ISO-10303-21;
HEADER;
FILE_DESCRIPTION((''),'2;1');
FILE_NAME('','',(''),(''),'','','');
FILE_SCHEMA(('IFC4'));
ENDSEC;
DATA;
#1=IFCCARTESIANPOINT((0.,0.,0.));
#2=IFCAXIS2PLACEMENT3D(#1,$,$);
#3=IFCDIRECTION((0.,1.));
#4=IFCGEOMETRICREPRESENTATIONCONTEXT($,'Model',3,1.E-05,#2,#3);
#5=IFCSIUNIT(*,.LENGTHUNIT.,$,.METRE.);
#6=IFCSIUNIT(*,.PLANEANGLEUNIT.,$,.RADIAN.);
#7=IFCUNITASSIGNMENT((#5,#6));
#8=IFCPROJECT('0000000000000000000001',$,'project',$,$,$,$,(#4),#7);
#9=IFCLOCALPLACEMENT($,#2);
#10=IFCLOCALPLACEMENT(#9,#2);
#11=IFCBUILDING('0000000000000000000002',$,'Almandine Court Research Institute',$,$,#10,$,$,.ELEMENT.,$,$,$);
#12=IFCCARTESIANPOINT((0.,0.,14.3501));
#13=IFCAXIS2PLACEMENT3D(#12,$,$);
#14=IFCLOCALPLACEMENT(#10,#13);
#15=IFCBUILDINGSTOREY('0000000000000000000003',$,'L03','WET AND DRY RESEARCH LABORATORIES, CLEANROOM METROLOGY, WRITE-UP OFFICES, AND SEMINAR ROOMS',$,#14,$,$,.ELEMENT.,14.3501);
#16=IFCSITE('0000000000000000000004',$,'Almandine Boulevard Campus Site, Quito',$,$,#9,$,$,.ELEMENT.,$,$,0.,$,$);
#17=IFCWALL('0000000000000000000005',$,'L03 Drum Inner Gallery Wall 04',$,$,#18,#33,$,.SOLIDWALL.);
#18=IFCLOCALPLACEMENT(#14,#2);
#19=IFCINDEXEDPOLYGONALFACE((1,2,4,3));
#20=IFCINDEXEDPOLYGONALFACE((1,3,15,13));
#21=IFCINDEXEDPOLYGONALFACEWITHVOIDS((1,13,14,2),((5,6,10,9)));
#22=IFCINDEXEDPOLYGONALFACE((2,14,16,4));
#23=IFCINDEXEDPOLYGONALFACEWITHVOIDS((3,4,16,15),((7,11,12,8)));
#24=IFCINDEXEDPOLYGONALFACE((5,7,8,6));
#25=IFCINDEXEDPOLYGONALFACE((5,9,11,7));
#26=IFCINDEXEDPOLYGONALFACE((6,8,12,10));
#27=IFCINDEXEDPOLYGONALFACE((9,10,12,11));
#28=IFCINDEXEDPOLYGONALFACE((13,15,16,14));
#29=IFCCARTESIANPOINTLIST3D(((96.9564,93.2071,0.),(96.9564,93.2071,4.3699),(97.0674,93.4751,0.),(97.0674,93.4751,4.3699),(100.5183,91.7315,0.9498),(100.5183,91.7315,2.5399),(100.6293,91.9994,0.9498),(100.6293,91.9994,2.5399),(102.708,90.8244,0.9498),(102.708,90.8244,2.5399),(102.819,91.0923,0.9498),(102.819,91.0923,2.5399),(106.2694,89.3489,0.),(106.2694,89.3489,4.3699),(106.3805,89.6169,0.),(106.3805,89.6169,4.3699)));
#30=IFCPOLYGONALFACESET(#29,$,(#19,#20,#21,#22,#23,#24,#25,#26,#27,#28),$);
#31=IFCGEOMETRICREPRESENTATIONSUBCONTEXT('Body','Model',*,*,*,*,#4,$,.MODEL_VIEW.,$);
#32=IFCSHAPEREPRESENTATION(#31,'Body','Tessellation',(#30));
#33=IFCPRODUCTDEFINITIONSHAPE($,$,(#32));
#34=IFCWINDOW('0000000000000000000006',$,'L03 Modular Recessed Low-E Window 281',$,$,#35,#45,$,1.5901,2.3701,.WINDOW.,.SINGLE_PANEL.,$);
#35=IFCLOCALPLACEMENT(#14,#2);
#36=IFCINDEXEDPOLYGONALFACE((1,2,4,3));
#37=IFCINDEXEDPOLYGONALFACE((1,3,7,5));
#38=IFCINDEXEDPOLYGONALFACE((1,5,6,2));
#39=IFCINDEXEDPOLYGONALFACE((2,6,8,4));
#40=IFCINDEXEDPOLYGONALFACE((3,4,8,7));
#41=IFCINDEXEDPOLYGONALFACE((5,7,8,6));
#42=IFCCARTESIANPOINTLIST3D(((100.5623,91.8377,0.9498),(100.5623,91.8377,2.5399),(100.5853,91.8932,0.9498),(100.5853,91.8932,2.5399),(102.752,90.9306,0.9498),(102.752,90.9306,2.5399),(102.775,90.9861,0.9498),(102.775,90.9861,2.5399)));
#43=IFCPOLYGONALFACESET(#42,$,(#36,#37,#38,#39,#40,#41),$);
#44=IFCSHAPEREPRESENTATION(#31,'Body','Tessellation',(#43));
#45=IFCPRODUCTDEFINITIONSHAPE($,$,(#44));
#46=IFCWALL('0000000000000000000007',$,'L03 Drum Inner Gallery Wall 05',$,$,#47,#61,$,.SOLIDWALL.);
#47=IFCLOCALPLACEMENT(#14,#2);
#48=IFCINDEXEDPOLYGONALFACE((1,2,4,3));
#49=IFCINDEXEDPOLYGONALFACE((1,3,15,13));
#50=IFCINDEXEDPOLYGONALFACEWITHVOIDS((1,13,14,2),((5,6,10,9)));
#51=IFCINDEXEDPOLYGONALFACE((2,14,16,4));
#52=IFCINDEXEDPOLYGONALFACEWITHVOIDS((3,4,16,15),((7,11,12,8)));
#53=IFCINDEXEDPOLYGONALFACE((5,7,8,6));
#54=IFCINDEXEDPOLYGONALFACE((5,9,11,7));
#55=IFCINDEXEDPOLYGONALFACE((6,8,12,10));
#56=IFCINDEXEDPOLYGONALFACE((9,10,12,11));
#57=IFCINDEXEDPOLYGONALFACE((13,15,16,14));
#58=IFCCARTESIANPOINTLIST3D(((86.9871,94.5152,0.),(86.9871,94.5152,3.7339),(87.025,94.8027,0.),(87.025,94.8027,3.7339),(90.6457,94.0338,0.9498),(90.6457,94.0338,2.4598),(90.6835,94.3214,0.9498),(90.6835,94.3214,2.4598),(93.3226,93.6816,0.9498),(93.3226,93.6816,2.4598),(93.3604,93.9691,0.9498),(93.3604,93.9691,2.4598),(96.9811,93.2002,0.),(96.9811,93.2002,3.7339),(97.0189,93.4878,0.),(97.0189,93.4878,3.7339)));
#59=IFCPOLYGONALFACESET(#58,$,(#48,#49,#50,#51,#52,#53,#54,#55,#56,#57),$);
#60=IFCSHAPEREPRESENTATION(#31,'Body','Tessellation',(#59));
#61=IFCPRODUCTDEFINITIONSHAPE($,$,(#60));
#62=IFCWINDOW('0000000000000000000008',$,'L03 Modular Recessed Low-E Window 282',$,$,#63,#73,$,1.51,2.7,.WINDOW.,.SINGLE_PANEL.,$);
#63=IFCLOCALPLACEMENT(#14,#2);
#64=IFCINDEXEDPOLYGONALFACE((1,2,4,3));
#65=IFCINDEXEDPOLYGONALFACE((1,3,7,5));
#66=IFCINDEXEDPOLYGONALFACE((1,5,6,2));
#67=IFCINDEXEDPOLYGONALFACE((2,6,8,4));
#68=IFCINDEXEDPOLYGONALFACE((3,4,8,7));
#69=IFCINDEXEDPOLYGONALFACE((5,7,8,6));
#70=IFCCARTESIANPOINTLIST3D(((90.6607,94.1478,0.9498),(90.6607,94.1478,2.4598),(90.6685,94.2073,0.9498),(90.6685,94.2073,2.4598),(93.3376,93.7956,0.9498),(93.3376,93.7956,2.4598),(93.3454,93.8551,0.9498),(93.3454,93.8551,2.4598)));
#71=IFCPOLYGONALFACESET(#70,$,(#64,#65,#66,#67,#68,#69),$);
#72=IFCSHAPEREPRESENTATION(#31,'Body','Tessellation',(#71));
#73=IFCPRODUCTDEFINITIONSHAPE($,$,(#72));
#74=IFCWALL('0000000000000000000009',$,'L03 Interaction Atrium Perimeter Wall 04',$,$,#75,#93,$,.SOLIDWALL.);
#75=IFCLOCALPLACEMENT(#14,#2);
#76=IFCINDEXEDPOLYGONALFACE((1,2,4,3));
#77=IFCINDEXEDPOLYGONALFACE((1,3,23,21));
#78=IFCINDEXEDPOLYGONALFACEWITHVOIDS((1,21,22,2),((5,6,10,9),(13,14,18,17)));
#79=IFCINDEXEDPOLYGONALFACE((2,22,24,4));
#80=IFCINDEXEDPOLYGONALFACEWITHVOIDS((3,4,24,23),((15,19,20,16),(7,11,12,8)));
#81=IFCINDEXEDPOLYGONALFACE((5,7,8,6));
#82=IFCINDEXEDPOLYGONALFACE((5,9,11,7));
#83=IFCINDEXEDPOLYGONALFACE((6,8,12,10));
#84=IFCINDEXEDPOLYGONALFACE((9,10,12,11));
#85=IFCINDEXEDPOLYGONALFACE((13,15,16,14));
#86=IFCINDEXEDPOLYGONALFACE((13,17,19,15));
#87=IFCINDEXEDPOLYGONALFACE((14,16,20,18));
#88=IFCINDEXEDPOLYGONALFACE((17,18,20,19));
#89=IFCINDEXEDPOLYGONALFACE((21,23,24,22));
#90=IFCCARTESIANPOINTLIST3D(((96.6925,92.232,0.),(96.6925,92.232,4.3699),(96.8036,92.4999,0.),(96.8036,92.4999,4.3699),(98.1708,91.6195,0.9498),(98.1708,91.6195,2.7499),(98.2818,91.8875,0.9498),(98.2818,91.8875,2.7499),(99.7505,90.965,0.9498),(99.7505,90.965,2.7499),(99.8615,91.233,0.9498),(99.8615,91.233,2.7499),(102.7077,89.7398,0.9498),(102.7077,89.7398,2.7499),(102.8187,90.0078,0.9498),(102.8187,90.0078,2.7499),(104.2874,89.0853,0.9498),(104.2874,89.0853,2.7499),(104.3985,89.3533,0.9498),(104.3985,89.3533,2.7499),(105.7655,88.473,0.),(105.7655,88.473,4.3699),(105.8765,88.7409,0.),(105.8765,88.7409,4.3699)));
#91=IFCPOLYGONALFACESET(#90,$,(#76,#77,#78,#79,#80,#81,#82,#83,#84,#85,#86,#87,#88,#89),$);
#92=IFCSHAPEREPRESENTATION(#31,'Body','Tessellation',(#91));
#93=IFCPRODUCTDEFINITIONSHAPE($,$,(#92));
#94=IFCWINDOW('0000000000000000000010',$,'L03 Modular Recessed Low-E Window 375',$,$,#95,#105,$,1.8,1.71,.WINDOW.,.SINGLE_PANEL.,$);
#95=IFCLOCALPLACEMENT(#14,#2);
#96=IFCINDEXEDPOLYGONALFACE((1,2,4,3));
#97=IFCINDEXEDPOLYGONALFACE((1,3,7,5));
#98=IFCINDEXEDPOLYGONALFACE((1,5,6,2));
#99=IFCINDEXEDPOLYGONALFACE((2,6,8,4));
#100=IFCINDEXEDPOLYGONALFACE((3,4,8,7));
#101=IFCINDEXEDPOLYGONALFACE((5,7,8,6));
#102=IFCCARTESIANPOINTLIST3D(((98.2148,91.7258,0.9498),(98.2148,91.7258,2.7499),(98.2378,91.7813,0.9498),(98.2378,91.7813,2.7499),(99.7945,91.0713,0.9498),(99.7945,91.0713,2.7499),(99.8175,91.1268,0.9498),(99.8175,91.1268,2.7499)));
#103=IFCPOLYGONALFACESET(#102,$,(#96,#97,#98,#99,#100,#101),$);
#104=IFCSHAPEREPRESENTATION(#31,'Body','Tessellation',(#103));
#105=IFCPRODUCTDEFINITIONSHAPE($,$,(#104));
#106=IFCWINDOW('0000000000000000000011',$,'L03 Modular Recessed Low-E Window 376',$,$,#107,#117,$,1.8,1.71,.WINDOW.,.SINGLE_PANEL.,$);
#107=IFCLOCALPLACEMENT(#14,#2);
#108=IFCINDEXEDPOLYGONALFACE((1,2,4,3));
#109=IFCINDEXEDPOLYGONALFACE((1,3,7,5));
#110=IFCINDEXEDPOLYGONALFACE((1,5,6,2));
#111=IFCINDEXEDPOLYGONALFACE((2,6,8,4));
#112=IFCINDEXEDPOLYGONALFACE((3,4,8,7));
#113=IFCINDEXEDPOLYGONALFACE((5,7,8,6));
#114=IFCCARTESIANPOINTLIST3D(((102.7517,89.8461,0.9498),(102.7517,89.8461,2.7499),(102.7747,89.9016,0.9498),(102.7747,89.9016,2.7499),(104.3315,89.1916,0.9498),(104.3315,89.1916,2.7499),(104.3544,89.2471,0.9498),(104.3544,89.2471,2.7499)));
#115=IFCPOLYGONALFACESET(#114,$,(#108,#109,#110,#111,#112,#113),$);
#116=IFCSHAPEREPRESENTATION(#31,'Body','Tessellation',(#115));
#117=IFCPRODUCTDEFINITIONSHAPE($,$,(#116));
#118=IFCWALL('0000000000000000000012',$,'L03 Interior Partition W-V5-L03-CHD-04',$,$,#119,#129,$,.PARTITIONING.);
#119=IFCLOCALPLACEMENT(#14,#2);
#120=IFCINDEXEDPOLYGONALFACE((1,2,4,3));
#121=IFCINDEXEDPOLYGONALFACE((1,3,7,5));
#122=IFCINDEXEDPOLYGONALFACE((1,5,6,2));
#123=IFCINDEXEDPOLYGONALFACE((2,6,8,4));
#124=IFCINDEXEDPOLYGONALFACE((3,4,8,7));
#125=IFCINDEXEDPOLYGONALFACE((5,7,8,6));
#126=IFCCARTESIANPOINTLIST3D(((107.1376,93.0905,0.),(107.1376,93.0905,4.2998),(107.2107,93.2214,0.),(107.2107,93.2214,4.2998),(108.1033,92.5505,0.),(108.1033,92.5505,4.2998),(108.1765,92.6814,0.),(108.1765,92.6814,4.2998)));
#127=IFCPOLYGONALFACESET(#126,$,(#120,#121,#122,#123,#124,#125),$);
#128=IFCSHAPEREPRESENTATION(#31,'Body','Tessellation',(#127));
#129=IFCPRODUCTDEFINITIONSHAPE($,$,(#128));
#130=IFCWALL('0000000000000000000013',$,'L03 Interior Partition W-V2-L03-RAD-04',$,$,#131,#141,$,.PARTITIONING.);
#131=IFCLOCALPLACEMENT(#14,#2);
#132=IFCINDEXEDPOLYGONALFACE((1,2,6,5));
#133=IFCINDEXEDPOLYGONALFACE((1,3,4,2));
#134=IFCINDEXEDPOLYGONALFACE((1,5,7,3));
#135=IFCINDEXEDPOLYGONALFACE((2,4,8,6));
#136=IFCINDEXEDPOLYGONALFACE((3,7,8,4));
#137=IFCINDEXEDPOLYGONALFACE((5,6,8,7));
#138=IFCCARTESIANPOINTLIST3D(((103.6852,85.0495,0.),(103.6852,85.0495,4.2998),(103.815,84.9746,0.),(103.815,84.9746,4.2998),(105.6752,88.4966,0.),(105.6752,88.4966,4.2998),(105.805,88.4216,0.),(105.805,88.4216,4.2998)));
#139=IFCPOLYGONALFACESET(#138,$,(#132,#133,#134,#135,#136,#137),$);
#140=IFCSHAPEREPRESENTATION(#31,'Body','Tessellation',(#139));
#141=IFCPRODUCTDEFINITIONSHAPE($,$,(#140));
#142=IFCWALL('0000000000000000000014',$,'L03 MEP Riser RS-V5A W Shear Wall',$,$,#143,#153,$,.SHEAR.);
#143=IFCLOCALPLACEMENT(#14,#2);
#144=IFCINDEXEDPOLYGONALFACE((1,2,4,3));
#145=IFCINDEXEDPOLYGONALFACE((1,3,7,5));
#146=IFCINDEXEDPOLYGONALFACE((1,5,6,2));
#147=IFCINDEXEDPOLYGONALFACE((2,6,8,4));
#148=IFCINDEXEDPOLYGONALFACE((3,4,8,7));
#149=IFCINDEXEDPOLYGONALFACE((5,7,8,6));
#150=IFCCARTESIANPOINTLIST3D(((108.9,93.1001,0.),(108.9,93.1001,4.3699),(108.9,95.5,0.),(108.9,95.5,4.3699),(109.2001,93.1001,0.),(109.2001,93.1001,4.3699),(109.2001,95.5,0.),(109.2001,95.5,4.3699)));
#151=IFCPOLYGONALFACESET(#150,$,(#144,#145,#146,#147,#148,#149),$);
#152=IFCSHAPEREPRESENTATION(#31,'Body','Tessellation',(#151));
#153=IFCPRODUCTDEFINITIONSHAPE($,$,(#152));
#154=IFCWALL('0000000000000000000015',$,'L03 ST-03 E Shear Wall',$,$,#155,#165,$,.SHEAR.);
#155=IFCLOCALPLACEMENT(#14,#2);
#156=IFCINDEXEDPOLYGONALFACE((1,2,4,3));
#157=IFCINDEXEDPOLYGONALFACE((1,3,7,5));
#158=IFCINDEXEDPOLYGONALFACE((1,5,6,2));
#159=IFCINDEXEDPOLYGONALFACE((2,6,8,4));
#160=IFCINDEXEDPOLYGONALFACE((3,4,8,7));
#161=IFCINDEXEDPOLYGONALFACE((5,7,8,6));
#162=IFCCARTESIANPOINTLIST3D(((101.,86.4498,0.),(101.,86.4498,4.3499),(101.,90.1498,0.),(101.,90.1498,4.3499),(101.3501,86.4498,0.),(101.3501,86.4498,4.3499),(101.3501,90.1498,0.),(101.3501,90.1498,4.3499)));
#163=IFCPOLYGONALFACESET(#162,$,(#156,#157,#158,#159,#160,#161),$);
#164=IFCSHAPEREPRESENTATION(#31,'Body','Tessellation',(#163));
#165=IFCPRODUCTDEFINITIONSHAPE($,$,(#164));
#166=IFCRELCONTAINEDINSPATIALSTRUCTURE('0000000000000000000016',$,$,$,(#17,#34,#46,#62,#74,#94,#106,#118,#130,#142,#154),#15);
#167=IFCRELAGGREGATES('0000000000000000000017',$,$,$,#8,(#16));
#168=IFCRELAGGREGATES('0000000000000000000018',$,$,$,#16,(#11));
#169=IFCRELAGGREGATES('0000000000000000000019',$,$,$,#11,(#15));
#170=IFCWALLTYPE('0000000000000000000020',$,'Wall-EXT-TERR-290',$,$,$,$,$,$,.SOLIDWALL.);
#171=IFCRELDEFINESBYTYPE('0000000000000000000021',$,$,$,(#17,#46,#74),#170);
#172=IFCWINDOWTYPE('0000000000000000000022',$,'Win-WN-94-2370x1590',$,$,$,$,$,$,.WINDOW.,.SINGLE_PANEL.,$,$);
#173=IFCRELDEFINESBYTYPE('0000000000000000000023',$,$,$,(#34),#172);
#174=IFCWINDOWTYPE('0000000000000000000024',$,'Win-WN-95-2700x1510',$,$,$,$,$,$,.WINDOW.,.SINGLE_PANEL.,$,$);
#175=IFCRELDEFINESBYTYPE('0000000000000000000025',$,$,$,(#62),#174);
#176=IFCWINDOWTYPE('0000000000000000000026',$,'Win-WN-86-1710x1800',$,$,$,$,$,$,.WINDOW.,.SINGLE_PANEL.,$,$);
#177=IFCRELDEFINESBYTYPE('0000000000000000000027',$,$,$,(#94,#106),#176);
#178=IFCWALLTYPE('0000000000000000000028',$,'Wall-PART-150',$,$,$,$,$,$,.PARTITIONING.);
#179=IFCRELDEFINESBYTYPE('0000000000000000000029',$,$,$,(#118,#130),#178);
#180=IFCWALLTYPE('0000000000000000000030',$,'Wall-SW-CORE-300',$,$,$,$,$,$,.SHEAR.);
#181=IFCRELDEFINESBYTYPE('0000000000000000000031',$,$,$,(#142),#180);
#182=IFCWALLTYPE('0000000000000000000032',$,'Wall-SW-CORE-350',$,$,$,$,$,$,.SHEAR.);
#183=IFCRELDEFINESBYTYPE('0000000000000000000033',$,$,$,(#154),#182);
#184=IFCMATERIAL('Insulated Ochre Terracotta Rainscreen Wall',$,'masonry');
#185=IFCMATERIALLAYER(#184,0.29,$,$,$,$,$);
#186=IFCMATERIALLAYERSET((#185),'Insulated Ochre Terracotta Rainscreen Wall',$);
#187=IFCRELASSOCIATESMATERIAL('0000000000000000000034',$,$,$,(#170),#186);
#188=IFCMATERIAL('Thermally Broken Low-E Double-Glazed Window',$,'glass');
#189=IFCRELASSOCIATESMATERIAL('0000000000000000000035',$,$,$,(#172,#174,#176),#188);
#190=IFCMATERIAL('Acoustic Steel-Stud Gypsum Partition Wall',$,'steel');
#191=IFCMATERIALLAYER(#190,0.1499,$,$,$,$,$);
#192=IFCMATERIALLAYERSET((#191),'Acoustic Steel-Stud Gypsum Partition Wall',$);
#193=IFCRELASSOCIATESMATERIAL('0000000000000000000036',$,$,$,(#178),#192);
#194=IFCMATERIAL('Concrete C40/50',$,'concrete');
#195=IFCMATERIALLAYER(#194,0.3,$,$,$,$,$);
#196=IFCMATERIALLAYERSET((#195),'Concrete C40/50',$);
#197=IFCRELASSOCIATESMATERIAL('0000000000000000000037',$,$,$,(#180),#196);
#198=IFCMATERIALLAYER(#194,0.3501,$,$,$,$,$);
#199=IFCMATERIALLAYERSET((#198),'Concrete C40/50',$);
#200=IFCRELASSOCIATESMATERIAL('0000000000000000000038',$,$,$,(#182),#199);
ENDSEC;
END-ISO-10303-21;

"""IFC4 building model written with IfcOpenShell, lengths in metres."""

from ifc_helpers import new_model, si_unit, direction, frame, frame_2d, origin, place, context, subcontext, project, spatial, rectangle, extrude, material, layer, layer_set, type_object, element, fill, save


model = new_model("IFC4")

# Units and contexts
model_context = context("Model", 3, precision=1e-05, world=origin(), true_north=direction((0.0, 1.0)))
body_context = subcontext(model_context, "Body", "Model", "MODEL_VIEW")
ifc_project = project(units=[si_unit("LENGTHUNIT", "METRE"), si_unit("PLANEANGLEUNIT", "RADIAN")], contexts=[model_context])

# Site, building, storey
site_placement = place(None, origin())
site = spatial("IfcSite", under=ifc_project, at=site_placement, Name="Almandine Boulevard Campus Site, Quito", CompositionType="ELEMENT", RefElevation=0.0)
building_placement = place(site_placement, origin())
building = spatial("IfcBuilding", under=site, at=building_placement, Name="Almandine Court Research Institute", CompositionType="ELEMENT")
storey_placement = place(building_placement, frame((0.0, 0.0, 14.3501)))
storey = spatial("IfcBuildingStorey", under=building, at=storey_placement, Name="L03", Description="WET AND DRY RESEARCH LABORATORIES, CLEANROOM METROLOGY, WRITE-UP OFFICES, AND SEMINAR ROOMS", CompositionType="ELEMENT", Elevation=14.3501)

# Walls, openings, windows
ifc_material_1 = material(Name="Insulated Ochre Terracotta Rainscreen Wall", Category="masonry")
ifc_layer_1 = layer(ifc_material_1, 0.29)
ifc_layer_set_1 = layer_set([ifc_layer_1], Name="Insulated Ochre Terracotta Rainscreen Wall")
wall_type_1 = type_object("IfcWallType", Name="Wall-EXT-TERR-290", PredefinedType="SOLIDWALL", material=ifc_layer_set_1)
wall_1_placement = place(storey_placement, frame((106.325, 89.4829, 0.0), z_axis=(0.0, 0.0, 1.0), x_axis=(-0.923859, 0.382733, 0.0)))
wall_1 = element("IfcWall", 1, at=wall_1_placement, inside=storey, type_object=wall_type_1, Name="L03 Drum Inner Gallery Wall 04", PredefinedType="SOLIDWALL", context=body_context, shape_type="SweptSolid", body=[
    extrude(rectangle(XDim=10.0806, YDim=0.29, at=frame_2d((5.0403, 0.0))), origin(), (0.0, 0.0, 1.0), 4.3699),
])
opening_1_placement = place(wall_1_placement, frame((3.855, 0.0, 0.95)))
opening_1 = element("IfcOpeningElement", 2, at=opening_1_placement, cuts=wall_1, PredefinedType="OPENING", context=body_context, shape_type="SweptSolid", body=[
    extrude(rectangle(XDim=2.3701, YDim=1.5901, at=frame_2d((1.1851, 0.7949))), frame((0.0, 0.155, 0.0), z_axis=(0.0, -1.0, 0.0), x_axis=(1.0, 0.0, 0.0)), (0.0, 0.0, 1.0), 0.3101),
])
ifc_material_2 = material(Name="Thermally Broken Low-E Double-Glazed Window", Category="glass")
window_type_1 = type_object("IfcWindowType", Name="Win-WN-94-2370x1590", PartitioningType="SINGLE_PANEL", PredefinedType="WINDOW", material=ifc_material_2)
window_1_placement = place(opening_1_placement, origin())
window_1 = element("IfcWindow", 3, at=window_1_placement, inside=storey, type_object=window_type_1, Name="L03 Modular Recessed Low-E Window 281", OverallHeight=1.5901, OverallWidth=2.3701, PartitioningType="SINGLE_PANEL", PredefinedType="WINDOW", context=body_context, shape_type="SweptSolid", body=[
    extrude(rectangle(XDim=2.3701, YDim=1.5901, at=frame_2d((1.1851, 0.7949))), frame((0.0, 0.03, 0.0), z_axis=(0.0, -1.0, 0.0), x_axis=(1.0, 0.0, 0.0)), (0.0, 0.0, 1.0), 0.0601),
])
fill(opening_1, window_1)
wall_2_placement = place(storey_placement, frame((97.0, 93.344, 0.0), z_axis=(0.0, 0.0, 1.0), x_axis=(-0.991455, 0.13045, 0.0)))
wall_2 = element("IfcWall", 4, at=wall_2_placement, inside=storey, type_object=wall_type_1, Name="L03 Drum Inner Gallery Wall 05", PredefinedType="SOLIDWALL", context=body_context, shape_type="SweptSolid", body=[
    extrude(rectangle(XDim=10.0801, YDim=0.29, at=frame_2d((5.04, 0.0))), origin(), (0.0, 0.0, 1.0), 3.7339),
])
opening_2_placement = place(wall_2_placement, frame((3.6899, 0.0, 0.95)))
opening_2 = element("IfcOpeningElement", 5, at=opening_2_placement, cuts=wall_2, PredefinedType="OPENING", context=body_context, shape_type="SweptSolid", body=[
    extrude(rectangle(XDim=2.7, YDim=1.51, at=frame_2d((1.3501, 0.7549))), frame((0.0, 0.155, 0.0), z_axis=(0.0, -1.0, 0.0), x_axis=(1.0, 0.0, 0.0)), (0.0, 0.0, 1.0), 0.3101),
])
window_type_2 = type_object("IfcWindowType", Name="Win-WN-95-2700x1510", PartitioningType="SINGLE_PANEL", PredefinedType="WINDOW", material=ifc_material_2)
window_2_placement = place(opening_2_placement, origin())
window_2 = element("IfcWindow", 6, at=window_2_placement, inside=storey, type_object=window_type_2, Name="L03 Modular Recessed Low-E Window 282", OverallHeight=1.51, OverallWidth=2.7, PartitioningType="SINGLE_PANEL", PredefinedType="WINDOW", context=body_context, shape_type="SweptSolid", body=[
    extrude(rectangle(XDim=2.7, YDim=1.51, at=frame_2d((1.3501, 0.7549))), frame((0.0, 0.03, 0.0), z_axis=(0.0, -1.0, 0.0), x_axis=(1.0, 0.0, 0.0)), (0.0, 0.0, 1.0), 0.0601),
])
fill(opening_2, window_2)

# Wall, openings, windows
wall_3_placement = place(storey_placement, frame((96.748, 92.366, 0.0), z_axis=(0.0, 0.0, 1.0), x_axis=(0.923848, -0.382759, 0.0)))
wall_3 = element("IfcWall", 7, at=wall_3_placement, inside=storey, type_object=wall_type_1, Name="L03 Interaction Atrium Perimeter Wall 04", PredefinedType="SOLIDWALL", context=body_context, shape_type="SweptSolid", body=[
    extrude(rectangle(XDim=9.8208, YDim=0.29, at=frame_2d((4.9104, 0.0))), origin(), (0.0, 0.0, 1.0), 4.3699),
])
opening_3_placement = place(wall_3_placement, frame((1.6001, 0.0, 0.95)))
opening_3 = element("IfcOpeningElement", 8, at=opening_3_placement, cuts=wall_3, PredefinedType="OPENING", context=body_context, shape_type="SweptSolid", body=[
    extrude(rectangle(XDim=1.71, YDim=1.8, at=frame_2d((0.855, 0.8999))), frame((0.0, 0.155, 0.0), z_axis=(0.0, -1.0, 0.0), x_axis=(1.0, 0.0, 0.0)), (0.0, 0.0, 1.0), 0.3101),
])
opening_4_placement = place(wall_3_placement, frame((6.511, 0.0, 0.95)))
opening_4 = element("IfcOpeningElement", 9, at=opening_4_placement, cuts=wall_3, PredefinedType="OPENING", context=body_context, shape_type="SweptSolid", body=[
    extrude(rectangle(XDim=1.71, YDim=1.8, at=frame_2d((0.855, 0.8999))), frame((0.0, 0.155, 0.0), z_axis=(0.0, -1.0, 0.0), x_axis=(1.0, 0.0, 0.0)), (0.0, 0.0, 1.0), 0.3101),
])
window_type_3 = type_object("IfcWindowType", Name="Win-WN-86-1710x1800", PartitioningType="SINGLE_PANEL", PredefinedType="WINDOW", material=ifc_material_2)
window_3_placement = place(opening_3_placement, origin())
window_3 = element("IfcWindow", 10, at=window_3_placement, inside=storey, type_object=window_type_3, Name="L03 Modular Recessed Low-E Window 375", OverallHeight=1.8, OverallWidth=1.71, PartitioningType="SINGLE_PANEL", PredefinedType="WINDOW", context=body_context, shape_type="SweptSolid", body=[
    extrude(rectangle(XDim=1.71, YDim=1.8, at=frame_2d((0.855, 0.8999))), frame((0.0, 0.03, 0.0), z_axis=(0.0, -1.0, 0.0), x_axis=(1.0, 0.0, 0.0)), (0.0, 0.0, 1.0), 0.0601),
])
fill(opening_3, window_3)
window_4_placement = place(opening_4_placement, origin())
window_4 = element("IfcWindow", 11, at=window_4_placement, inside=storey, type_object=window_type_3, Name="L03 Modular Recessed Low-E Window 376", OverallHeight=1.8, OverallWidth=1.71, PartitioningType="SINGLE_PANEL", PredefinedType="WINDOW", context=body_context, shape_type="SweptSolid", body=[
    extrude(rectangle(XDim=1.71, YDim=1.8, at=frame_2d((0.855, 0.8999))), frame((0.0, 0.03, 0.0), z_axis=(0.0, -1.0, 0.0), x_axis=(1.0, 0.0, 0.0)), (0.0, 0.0, 1.0), 0.0601),
])
fill(opening_4, window_4)

# Walls
ifc_material_3 = material(Name="Acoustic Steel-Stud Gypsum Partition Wall", Category="steel")
ifc_layer_2 = layer(ifc_material_3, 0.1499)
ifc_layer_set_2 = layer_set([ifc_layer_2], Name="Acoustic Steel-Stud Gypsum Partition Wall")
wall_type_2 = type_object("IfcWallType", Name="Wall-PART-150", PredefinedType="PARTITIONING", material=ifc_layer_set_2)
wall_4_placement = place(storey_placement, frame((108.1399, 92.616, 0.0), z_axis=(0.0, 0.0, 1.0), x_axis=(-0.872822, 0.488039, 0.0)))
element("IfcWall", 12, at=wall_4_placement, inside=storey, type_object=wall_type_2, Name="L03 Interior Partition W-V5-L03-CHD-04", PredefinedType="PARTITIONING", context=body_context, shape_type="SweptSolid", body=[
    extrude(rectangle(XDim=1.1064, YDim=0.1499, at=frame_2d((0.5532, 0.0))), origin(), (0.0, 0.0, 1.0), 4.2998),
])
wall_5_placement = place(storey_placement, frame((103.75, 85.012, 0.0), z_axis=(0.0, 0.0, 1.0), x_axis=(0.499972, 0.866042, 0.0)))
element("IfcWall", 13, at=wall_5_placement, inside=storey, type_object=wall_type_2, Name="L03 Interior Partition W-V2-L03-RAD-04", PredefinedType="PARTITIONING", context=body_context, shape_type="SweptSolid", body=[
    extrude(rectangle(XDim=3.9802, YDim=0.1499, at=frame_2d((1.9902, 0.0))), origin(), (0.0, 0.0, 1.0), 4.2998),
])
ifc_material_4 = material(Name="Concrete C40/50", Category="concrete")
ifc_layer_3 = layer(ifc_material_4, 0.3)
ifc_layer_set_3 = layer_set([ifc_layer_3], Name="Concrete C40/50")
wall_type_3 = type_object("IfcWallType", Name="Wall-SW-CORE-300", PredefinedType="SHEAR", material=ifc_layer_set_3)
wall_6_placement = place(storey_placement, frame((109.05, 93.1001, 0.0), z_axis=(0.0, 0.0, 1.0), x_axis=(0.0, 1.0, 0.0)))
element("IfcWall", 14, at=wall_6_placement, inside=storey, type_object=wall_type_3, Name="L03 MEP Riser RS-V5A W Shear Wall", PredefinedType="SHEAR", context=body_context, shape_type="SweptSolid", body=[
    extrude(rectangle(XDim=2.3999, YDim=0.3, at=frame_2d((1.2, 0.0))), origin(), (0.0, 0.0, 1.0), 4.3699),
])
ifc_layer_4 = layer(ifc_material_4, 0.3501)
ifc_layer_set_4 = layer_set([ifc_layer_4], Name="Concrete C40/50")
wall_type_4 = type_object("IfcWallType", Name="Wall-SW-CORE-350", PredefinedType="SHEAR", material=ifc_layer_set_4)
wall_7_placement = place(storey_placement, frame((101.175, 90.1499, 0.0), z_axis=(0.0, 0.0, 1.0), x_axis=(0.0, -1.0, 0.0)))
element("IfcWall", 15, at=wall_7_placement, inside=storey, type_object=wall_type_4, Name="L03 ST-03 E Shear Wall", PredefinedType="SHEAR", context=body_context, shape_type="SweptSolid", body=[
    extrude(rectangle(XDim=3.7, YDim=0.3501, at=frame_2d((1.8501, 0.0))), origin(), (0.0, 0.0, 1.0), 4.3499),
])

save(model, "model.ifc")
